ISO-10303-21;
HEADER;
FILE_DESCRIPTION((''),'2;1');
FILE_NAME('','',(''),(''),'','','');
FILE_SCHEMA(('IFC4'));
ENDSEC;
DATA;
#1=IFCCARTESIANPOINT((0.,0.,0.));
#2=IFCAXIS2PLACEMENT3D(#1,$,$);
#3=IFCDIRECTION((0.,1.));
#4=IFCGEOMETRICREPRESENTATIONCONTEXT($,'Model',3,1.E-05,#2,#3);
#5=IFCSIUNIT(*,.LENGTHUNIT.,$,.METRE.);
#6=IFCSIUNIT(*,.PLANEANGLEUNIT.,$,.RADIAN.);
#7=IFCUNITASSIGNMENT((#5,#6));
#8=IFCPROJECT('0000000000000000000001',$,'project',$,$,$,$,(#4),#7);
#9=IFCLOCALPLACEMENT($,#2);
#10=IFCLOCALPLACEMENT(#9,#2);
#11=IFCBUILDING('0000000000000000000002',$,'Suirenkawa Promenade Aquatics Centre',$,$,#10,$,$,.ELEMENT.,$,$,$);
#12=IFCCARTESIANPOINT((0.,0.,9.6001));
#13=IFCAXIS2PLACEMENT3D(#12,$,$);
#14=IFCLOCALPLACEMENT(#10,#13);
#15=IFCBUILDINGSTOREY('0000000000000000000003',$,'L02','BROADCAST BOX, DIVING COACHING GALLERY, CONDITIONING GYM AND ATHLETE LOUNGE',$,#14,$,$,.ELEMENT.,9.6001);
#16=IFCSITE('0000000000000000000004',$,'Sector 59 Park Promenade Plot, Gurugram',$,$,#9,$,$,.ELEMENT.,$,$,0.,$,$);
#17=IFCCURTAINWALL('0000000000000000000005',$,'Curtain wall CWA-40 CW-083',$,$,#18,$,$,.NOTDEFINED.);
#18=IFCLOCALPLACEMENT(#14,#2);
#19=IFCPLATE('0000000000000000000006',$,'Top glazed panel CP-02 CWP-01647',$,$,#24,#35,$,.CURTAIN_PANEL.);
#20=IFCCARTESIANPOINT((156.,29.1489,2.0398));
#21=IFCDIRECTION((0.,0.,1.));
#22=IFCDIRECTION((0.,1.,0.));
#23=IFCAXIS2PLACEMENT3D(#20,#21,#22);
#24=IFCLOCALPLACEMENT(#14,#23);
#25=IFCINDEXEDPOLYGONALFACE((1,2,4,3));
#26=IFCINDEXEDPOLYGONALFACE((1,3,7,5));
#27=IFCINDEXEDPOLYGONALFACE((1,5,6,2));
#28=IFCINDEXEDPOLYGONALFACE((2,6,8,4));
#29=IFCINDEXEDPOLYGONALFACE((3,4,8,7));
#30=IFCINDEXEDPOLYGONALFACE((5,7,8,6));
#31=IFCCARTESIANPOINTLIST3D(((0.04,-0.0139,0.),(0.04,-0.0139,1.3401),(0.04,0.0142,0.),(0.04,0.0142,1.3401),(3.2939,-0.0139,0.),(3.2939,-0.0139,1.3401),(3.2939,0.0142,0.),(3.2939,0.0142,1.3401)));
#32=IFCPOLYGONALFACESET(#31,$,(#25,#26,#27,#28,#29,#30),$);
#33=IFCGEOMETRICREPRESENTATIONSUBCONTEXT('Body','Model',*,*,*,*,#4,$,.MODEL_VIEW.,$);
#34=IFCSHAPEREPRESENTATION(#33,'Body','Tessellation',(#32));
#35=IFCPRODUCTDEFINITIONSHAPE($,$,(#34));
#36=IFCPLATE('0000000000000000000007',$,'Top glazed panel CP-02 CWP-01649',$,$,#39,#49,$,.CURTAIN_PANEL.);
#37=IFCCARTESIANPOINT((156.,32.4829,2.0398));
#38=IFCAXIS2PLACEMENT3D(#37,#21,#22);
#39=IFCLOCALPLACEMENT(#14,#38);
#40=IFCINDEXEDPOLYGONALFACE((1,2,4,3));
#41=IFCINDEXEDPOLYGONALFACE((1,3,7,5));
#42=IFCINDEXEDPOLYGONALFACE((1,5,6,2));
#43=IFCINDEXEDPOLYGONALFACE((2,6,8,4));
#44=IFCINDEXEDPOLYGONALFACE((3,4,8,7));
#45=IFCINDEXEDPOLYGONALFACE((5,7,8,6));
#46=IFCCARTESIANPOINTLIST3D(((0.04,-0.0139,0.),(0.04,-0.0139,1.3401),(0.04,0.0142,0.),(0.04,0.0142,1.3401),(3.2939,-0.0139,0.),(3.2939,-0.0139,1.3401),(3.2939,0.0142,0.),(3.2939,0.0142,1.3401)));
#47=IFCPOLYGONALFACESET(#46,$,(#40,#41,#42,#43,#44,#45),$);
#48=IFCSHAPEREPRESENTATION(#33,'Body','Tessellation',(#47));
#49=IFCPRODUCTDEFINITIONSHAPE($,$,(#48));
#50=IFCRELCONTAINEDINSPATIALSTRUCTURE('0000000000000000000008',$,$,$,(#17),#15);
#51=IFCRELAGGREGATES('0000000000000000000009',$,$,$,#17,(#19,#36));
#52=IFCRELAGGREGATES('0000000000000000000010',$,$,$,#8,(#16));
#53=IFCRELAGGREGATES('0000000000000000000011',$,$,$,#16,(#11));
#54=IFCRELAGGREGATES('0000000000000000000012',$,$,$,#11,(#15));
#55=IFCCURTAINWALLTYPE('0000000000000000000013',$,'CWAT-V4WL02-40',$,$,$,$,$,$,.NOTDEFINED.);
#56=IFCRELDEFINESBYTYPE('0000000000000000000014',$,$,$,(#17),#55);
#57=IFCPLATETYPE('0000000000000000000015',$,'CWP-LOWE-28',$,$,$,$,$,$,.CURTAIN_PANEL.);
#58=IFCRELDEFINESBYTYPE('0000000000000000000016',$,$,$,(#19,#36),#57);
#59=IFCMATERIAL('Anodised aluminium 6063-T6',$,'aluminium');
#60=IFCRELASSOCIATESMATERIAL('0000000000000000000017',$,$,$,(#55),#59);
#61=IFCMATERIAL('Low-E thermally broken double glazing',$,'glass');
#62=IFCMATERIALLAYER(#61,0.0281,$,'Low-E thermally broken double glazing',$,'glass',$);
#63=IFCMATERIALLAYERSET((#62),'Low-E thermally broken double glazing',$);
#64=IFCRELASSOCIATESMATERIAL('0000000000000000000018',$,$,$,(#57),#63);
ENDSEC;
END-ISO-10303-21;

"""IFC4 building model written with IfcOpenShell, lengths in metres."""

from ifc_helpers import new_model, si_unit, direction, frame, origin, place, context, subcontext, project, spatial, polyline, outline, extrude, material, layer, layer_set, type_object, element, aggregate, save


model = new_model("IFC4")

# Units and contexts
model_context = context("Model", 3, precision=1e-05, world=origin(), true_north=direction((0.0, 1.0)))
body_context = subcontext(model_context, "Body", "Model", "MODEL_VIEW")
ifc_project = project(units=[si_unit("LENGTHUNIT", "METRE"), si_unit("PLANEANGLEUNIT", "RADIAN")], contexts=[model_context])

# Site, building, storey
site_placement = place(None, origin())
site = spatial("IfcSite", under=ifc_project, at=site_placement, Name="Sector 59 Park Promenade Plot, Gurugram", CompositionType="ELEMENT", RefElevation=0.0)
building_placement = place(site_placement, origin())
building = spatial("IfcBuilding", under=site, at=building_placement, Name="Suirenkawa Promenade Aquatics Centre", CompositionType="ELEMENT")
storey_placement = place(building_placement, frame((0.0, 0.0, 9.6001)))
storey = spatial("IfcBuildingStorey", under=building, at=storey_placement, Name="L02", Description="BROADCAST BOX, DIVING COACHING GALLERY, CONDITIONING GYM AND ATHLETE LOUNGE", CompositionType="ELEMENT", Elevation=9.6001)

# Curtain wall, plates
ifc_material_1 = material(Name="Anodised aluminium 6063-T6", Category="aluminium")
curtain_wall_type = type_object("IfcCurtainWallType", Name="CWAT-V4WL02-40", PredefinedType="NOTDEFINED", material=ifc_material_1)
curtain_wall_placement = place(storey_placement, origin())
curtain_wall = element("IfcCurtainWall", 1, at=curtain_wall_placement, inside=storey, type_object=curtain_wall_type, Name="Curtain wall CWA-40 CW-083", PredefinedType="NOTDEFINED")
ifc_material_2 = material(Name="Low-E thermally broken double glazing", Category="glass")
ifc_layer = layer(ifc_material_2, 0.0281, Name="Low-E thermally broken double glazing", Category="glass")
ifc_layer_set = layer_set([ifc_layer], Name="Low-E thermally broken double glazing")
plate_type = type_object("IfcPlateType", Name="CWP-LOWE-28", PredefinedType="CURTAIN_PANEL", material=ifc_layer_set)
plate_1_placement = place(storey_placement, frame((156.0, 29.1489, 2.0398), z_axis=(0.0, 0.0, 1.0), x_axis=(0.0, 1.0, 0.0)))
plate_1 = element("IfcPlate", 2, at=plate_1_placement, type_object=plate_type, Name="Top glazed panel CP-02 CWP-01647", PredefinedType="CURTAIN_PANEL", context=body_context, shape_type="SweptSolid", body=[
    extrude(outline(polyline([(0.04, 0.0), (3.2939, 0.0), (3.2939, 1.3401), (0.04, 1.3401), (0.04, 0.0)])), frame((0.0, 0.0142, 0.0), z_axis=(0.0, -1.0, 0.0), x_axis=(1.0, 0.0, 0.0)), (0.0, 0.0, 1.0), 0.0281),
])
plate_2_placement = place(storey_placement, frame((156.0, 32.4829, 2.0398), z_axis=(0.0, 0.0, 1.0), x_axis=(0.0, 1.0, 0.0)))
plate_2 = element("IfcPlate", 3, at=plate_2_placement, type_object=plate_type, Name="Top glazed panel CP-02 CWP-01649", PredefinedType="CURTAIN_PANEL", context=body_context, shape_type="SweptSolid", body=[
    extrude(outline(polyline([(0.04, 0.0), (3.2939, 0.0), (3.2939, 1.3401), (0.04, 1.3401), (0.04, 0.0)])), frame((0.0, 0.0142, 0.0), z_axis=(0.0, -1.0, 0.0), x_axis=(1.0, 0.0, 0.0)), (0.0, 0.0, 1.0), 0.0281),
])
aggregate(curtain_wall, [plate_1, plate_2])

save(model, "model.ifc")
